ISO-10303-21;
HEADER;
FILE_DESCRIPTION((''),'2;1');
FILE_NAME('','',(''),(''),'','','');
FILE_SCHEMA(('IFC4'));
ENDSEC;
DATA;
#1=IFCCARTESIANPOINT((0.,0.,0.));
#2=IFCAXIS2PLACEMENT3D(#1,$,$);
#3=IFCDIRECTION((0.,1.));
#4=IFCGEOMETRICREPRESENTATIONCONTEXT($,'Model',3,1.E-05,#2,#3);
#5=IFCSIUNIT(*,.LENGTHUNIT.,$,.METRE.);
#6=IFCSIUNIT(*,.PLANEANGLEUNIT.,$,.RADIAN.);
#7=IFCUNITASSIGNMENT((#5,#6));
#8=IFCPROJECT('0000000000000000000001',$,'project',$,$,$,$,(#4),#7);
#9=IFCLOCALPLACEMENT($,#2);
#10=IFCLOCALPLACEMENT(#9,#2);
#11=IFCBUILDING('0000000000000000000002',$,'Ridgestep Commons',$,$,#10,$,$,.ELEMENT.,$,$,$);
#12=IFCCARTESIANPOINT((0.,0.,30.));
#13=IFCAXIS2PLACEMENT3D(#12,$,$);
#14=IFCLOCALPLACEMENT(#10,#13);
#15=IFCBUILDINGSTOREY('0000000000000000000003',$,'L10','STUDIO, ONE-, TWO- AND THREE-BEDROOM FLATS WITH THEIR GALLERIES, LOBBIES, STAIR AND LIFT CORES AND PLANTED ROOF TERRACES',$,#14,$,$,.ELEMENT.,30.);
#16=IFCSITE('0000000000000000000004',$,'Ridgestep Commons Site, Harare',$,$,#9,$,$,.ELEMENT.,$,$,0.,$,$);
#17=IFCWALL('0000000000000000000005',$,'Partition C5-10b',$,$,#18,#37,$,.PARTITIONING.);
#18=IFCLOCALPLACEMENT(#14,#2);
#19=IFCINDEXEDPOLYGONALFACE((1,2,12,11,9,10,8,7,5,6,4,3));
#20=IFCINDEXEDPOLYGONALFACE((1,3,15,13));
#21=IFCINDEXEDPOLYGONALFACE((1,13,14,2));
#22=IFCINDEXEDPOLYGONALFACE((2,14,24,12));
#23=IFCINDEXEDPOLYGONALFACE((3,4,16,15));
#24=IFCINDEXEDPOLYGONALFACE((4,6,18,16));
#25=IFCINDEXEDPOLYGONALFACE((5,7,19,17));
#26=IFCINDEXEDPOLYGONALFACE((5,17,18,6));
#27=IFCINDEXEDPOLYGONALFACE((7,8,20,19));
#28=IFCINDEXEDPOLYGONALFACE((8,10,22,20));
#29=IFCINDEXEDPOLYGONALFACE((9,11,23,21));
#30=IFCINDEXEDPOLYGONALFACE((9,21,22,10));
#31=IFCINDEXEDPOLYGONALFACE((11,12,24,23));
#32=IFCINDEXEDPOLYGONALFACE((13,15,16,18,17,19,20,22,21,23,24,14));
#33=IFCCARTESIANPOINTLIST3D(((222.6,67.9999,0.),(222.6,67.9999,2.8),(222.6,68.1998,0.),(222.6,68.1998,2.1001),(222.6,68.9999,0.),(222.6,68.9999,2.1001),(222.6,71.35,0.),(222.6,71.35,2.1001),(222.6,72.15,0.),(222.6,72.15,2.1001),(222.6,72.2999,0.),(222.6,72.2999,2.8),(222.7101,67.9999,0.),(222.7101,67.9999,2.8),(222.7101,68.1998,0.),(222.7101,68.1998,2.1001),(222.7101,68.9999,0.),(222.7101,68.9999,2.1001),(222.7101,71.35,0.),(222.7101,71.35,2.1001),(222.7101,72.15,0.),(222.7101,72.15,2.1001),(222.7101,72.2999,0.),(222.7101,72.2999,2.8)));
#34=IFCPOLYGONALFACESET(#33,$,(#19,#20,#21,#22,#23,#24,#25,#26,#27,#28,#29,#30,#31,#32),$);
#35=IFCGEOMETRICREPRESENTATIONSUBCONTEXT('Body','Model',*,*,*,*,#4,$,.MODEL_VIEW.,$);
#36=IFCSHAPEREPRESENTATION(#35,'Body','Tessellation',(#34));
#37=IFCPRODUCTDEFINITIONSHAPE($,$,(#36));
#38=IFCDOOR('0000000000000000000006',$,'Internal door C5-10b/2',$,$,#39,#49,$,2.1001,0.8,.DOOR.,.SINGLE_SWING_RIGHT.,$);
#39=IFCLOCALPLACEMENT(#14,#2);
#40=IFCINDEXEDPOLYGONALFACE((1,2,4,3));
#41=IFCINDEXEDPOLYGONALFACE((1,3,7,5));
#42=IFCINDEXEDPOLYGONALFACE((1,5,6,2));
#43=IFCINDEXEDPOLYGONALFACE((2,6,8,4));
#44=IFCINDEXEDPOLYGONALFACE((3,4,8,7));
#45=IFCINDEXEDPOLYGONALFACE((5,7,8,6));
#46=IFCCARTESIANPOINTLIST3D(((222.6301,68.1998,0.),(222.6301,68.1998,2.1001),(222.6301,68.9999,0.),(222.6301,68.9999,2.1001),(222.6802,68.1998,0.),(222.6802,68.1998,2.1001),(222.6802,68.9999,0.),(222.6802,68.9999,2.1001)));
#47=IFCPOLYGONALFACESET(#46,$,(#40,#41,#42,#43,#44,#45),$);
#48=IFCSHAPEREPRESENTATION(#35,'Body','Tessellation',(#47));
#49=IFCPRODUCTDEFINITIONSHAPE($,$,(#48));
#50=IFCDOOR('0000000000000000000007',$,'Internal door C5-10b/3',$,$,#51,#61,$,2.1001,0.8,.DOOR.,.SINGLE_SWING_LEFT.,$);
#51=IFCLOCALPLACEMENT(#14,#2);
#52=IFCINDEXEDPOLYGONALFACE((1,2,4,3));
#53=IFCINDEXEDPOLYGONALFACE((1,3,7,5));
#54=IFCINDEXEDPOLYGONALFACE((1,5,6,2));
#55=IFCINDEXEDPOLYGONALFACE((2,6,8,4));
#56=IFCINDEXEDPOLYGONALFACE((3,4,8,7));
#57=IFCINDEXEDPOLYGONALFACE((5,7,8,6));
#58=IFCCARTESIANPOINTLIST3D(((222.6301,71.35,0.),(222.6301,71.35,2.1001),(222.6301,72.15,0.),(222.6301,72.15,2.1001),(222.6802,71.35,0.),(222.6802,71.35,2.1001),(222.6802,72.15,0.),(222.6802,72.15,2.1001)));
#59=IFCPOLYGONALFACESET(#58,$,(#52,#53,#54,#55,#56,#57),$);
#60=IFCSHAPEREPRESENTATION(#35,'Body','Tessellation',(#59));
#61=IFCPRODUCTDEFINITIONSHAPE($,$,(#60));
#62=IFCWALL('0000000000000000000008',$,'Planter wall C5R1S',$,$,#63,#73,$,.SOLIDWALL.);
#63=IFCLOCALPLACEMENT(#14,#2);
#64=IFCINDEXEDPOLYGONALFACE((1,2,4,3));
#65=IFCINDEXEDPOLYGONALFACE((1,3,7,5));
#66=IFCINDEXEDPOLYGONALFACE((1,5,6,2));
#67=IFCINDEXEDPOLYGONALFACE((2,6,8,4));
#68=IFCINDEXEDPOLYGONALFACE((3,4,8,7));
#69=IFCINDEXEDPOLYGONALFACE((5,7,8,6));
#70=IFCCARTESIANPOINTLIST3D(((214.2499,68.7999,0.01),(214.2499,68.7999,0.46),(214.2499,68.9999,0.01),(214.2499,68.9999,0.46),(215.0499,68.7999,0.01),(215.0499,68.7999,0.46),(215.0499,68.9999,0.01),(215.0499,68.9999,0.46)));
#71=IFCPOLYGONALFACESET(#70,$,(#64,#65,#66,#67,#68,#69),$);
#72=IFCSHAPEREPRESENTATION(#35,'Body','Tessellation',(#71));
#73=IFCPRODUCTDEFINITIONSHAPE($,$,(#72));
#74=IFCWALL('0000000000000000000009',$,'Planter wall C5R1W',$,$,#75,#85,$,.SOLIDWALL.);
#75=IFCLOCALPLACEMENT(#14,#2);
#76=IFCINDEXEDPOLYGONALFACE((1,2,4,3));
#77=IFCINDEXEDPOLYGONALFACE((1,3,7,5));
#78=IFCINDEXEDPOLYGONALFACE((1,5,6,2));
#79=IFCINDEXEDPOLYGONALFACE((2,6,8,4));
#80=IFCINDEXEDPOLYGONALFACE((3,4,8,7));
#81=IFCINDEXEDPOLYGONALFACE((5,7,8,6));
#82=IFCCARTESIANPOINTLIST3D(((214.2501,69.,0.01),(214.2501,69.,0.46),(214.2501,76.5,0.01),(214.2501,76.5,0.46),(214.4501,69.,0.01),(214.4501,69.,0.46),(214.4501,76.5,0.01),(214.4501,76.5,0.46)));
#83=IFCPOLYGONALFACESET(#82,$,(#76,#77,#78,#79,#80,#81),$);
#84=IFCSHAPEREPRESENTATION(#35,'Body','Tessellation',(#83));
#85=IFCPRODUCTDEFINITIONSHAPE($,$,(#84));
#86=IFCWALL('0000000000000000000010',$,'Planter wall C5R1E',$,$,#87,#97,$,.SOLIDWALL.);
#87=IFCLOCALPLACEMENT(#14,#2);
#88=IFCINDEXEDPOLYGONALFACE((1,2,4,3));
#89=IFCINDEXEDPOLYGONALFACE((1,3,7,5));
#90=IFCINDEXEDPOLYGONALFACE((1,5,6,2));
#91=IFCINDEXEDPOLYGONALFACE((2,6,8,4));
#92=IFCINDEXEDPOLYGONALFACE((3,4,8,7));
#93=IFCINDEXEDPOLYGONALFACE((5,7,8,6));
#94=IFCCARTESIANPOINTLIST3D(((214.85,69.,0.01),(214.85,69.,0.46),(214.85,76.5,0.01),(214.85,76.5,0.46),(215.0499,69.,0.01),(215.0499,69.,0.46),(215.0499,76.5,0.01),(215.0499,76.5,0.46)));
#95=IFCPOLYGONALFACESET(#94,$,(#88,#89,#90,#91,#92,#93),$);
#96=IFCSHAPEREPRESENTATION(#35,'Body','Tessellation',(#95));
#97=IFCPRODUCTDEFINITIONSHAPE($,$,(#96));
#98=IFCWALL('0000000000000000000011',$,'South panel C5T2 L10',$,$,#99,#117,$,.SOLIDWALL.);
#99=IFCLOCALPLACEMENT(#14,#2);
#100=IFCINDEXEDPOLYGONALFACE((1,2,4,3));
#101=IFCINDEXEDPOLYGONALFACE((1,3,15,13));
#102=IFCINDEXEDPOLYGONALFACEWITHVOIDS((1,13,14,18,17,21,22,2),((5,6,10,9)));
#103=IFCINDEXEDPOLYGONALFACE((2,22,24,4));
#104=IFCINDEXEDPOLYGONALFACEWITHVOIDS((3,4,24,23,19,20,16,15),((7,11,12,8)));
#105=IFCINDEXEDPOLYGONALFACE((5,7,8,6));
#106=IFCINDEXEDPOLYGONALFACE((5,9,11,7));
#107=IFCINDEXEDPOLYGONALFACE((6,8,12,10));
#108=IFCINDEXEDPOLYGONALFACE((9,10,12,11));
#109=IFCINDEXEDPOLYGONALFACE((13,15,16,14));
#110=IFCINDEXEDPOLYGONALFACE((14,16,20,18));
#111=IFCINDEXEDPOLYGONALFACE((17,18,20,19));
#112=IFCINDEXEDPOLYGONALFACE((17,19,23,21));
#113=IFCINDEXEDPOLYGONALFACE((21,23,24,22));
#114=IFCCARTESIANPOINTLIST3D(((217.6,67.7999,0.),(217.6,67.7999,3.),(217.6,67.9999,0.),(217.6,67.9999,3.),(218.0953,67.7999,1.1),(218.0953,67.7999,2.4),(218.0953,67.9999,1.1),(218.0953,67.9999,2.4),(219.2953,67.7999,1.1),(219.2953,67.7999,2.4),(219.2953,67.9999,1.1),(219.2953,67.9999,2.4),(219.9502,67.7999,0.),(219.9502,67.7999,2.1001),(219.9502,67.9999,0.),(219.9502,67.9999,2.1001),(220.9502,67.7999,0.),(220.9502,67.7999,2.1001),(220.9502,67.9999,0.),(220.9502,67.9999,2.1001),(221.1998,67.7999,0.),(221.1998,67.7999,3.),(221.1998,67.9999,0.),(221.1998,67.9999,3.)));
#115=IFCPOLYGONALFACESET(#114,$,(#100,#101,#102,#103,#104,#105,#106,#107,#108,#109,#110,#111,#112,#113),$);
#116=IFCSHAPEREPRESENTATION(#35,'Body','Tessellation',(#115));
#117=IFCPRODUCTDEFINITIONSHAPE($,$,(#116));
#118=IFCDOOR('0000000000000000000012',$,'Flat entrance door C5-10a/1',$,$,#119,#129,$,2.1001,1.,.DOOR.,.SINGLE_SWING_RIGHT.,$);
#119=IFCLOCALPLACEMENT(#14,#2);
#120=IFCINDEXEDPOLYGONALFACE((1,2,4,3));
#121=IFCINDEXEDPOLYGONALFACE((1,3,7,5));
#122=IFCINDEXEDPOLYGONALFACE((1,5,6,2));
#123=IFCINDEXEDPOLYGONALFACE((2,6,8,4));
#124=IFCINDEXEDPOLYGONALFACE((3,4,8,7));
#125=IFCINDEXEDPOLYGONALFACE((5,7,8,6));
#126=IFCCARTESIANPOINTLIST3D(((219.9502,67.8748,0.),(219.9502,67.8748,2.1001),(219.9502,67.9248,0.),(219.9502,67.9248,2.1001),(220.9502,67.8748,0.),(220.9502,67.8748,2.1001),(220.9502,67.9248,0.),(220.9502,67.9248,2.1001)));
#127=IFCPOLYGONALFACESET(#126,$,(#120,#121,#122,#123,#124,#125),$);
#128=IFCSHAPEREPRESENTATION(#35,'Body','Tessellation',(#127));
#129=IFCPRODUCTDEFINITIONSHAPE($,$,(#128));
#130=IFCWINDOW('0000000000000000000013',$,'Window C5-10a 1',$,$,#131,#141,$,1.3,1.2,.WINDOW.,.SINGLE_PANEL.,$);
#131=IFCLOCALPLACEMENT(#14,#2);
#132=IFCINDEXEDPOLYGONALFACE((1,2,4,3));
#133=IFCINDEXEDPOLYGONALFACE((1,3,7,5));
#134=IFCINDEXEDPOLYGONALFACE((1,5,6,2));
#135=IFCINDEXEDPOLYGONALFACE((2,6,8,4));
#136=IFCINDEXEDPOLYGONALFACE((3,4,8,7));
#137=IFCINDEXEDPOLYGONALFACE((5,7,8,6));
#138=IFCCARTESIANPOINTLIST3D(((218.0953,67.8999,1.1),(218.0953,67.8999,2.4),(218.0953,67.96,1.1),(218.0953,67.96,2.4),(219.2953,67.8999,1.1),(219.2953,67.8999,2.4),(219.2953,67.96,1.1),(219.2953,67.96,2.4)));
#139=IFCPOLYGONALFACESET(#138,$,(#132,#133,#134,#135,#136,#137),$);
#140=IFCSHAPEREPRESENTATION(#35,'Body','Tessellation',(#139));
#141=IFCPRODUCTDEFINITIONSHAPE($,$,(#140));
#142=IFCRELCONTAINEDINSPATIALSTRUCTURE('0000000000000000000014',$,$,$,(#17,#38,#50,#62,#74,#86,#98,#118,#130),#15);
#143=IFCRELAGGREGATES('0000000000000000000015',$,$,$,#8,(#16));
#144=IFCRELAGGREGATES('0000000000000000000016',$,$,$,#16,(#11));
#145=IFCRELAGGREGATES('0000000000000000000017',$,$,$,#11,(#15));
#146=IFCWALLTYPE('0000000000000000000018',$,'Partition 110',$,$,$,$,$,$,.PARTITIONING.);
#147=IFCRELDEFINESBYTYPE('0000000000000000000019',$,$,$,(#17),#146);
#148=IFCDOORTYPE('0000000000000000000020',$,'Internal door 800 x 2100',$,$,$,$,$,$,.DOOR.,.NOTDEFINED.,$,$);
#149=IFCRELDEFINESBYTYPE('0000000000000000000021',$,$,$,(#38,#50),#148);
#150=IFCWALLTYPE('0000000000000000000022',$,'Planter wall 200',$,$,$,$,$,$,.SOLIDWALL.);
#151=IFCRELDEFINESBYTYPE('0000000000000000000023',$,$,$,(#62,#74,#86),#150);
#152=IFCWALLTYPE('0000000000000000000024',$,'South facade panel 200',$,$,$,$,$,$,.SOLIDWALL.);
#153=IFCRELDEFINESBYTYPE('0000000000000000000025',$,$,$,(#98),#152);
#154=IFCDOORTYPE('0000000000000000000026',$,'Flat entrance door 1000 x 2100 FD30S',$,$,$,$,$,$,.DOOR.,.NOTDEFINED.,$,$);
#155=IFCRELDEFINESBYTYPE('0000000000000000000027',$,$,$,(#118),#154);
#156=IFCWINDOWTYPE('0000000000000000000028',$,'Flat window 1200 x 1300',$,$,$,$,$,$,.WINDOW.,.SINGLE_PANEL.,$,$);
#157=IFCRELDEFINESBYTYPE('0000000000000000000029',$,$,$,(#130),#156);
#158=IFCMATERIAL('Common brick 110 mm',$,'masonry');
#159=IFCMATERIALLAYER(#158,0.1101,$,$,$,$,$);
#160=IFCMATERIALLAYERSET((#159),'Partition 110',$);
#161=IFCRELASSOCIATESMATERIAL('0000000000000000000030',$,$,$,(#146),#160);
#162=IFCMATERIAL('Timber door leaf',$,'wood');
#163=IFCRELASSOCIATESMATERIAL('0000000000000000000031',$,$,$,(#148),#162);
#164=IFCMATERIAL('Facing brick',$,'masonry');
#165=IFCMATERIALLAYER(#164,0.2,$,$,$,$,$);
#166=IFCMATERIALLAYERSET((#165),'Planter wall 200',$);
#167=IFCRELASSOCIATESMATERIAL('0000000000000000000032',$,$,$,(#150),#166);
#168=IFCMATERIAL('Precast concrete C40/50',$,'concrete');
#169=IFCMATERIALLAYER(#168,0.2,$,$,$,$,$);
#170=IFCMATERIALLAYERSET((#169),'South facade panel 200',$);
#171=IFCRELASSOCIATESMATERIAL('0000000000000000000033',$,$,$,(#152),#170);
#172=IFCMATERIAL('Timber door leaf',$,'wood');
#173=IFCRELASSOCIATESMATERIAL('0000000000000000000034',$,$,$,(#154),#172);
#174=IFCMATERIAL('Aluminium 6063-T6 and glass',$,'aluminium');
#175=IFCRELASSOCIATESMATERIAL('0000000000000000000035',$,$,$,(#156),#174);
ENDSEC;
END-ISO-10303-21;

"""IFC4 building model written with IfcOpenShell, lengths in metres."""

from ifc_helpers import new_model, si_unit, direction, frame, frame_2d, origin, place, context, subcontext, project, spatial, rectangle, extrude, material, layer, layer_set, type_object, element, fill, save


model = new_model("IFC4")

# Units and contexts
model_context = context("Model", 3, precision=1e-05, world=origin(), true_north=direction((0.0, 1.0)))
body_context = subcontext(model_context, "Body", "Model", "MODEL_VIEW")
ifc_project = project(units=[si_unit("LENGTHUNIT", "METRE"), si_unit("PLANEANGLEUNIT", "RADIAN")], contexts=[model_context])

# Site, building, storey
site_placement = place(None, origin())
site = spatial("IfcSite", under=ifc_project, at=site_placement, Name="Ridgestep Commons Site, Harare", CompositionType="ELEMENT", RefElevation=0.0)
building_placement = place(site_placement, origin())
building = spatial("IfcBuilding", under=site, at=building_placement, Name="Ridgestep Commons", CompositionType="ELEMENT")
storey_placement = place(building_placement, frame((0.0, 0.0, 30.0)))
storey = spatial("IfcBuildingStorey", under=building, at=storey_placement, Name="L10", Description="STUDIO, ONE-, TWO- AND THREE-BEDROOM FLATS WITH THEIR GALLERIES, LOBBIES, STAIR AND LIFT CORES AND PLANTED ROOF TERRACES", CompositionType="ELEMENT", Elevation=30.0)

# Wall, openings, doors
ifc_material_1 = material(Name="Common brick 110 mm", Category="masonry")
ifc_layer_1 = layer(ifc_material_1, 0.1101)
ifc_layer_set_1 = layer_set([ifc_layer_1], Name="Partition 110")
wall_type_1 = type_object("IfcWallType", Name="Partition 110", PredefinedType="PARTITIONING", material=ifc_layer_set_1)
ifc_material_2 = material(Name="Timber door leaf", Category="wood")
door_type_1 = type_object("IfcDoorType", Name="Internal door 800 x 2100", OperationType="NOTDEFINED", PredefinedType="DOOR", material=ifc_material_2)
wall_1_placement = place(storey_placement, frame((222.655, 68.0, 0.0), z_axis=(0.0, 0.0, 1.0), x_axis=(0.0, 1.0, 0.0)))
wall_1 = element("IfcWall", 1, at=wall_1_placement, inside=storey, type_object=wall_type_1, Name="Partition C5-10b", PredefinedType="PARTITIONING", context=body_context, shape_type="SweptSolid", body=[
    extrude(rectangle(XDim=4.3, YDim=0.1101, at=frame_2d((2.1499, 0.0))), origin(), (0.0, 0.0, 1.0), 2.8),
])
opening_1_placement = place(wall_1_placement, frame((0.2, 0.0, 0.0)))
opening_1 = element("IfcOpeningElement", 2, at=opening_1_placement, cuts=wall_1, PredefinedType="OPENING", context=body_context, shape_type="SweptSolid", body=[
    extrude(rectangle(XDim=0.8, YDim=2.1001, at=frame_2d((0.3999, 1.05))), frame((0.0, 0.0649, 0.0), z_axis=(0.0, -1.0, 0.0), x_axis=(1.0, 0.0, 0.0)), (0.0, 0.0, 1.0), 0.1301),
])
opening_2_placement = place(wall_1_placement, frame((3.3501, 0.0, 0.0)))
opening_2 = element("IfcOpeningElement", 3, at=opening_2_placement, cuts=wall_1, PredefinedType="OPENING", context=body_context, shape_type="SweptSolid", body=[
    extrude(rectangle(XDim=0.8, YDim=2.1001, at=frame_2d((0.3999, 1.05))), frame((0.0, 0.0649, 0.0), z_axis=(0.0, -1.0, 0.0), x_axis=(1.0, 0.0, 0.0)), (0.0, 0.0, 1.0), 0.1301),
])
door_1_placement = place(opening_1_placement, origin())
door_1 = element("IfcDoor", 4, at=door_1_placement, inside=storey, type_object=door_type_1, Name="Internal door C5-10b/2", OperationType="SINGLE_SWING_RIGHT", OverallHeight=2.1001, OverallWidth=0.8, PredefinedType="DOOR", context=body_context, shape_type="SweptSolid", body=[
    extrude(rectangle(XDim=0.8, YDim=2.1001, at=frame_2d((0.3999, 1.05))), frame((0.0, 0.0249, 0.0), z_axis=(0.0, -1.0, 0.0), x_axis=(1.0, 0.0, 0.0)), (0.0, 0.0, 1.0), 0.05),
])
fill(opening_1, door_1)
door_2_placement = place(opening_2_placement, origin())
door_2 = element("IfcDoor", 5, at=door_2_placement, inside=storey, type_object=door_type_1, Name="Internal door C5-10b/3", OperationType="SINGLE_SWING_LEFT", OverallHeight=2.1001, OverallWidth=0.8, PredefinedType="DOOR", context=body_context, shape_type="SweptSolid", body=[
    extrude(rectangle(XDim=0.8, YDim=2.1001, at=frame_2d((0.3999, 1.05))), frame((0.0, 0.0249, 0.0), z_axis=(0.0, -1.0, 0.0), x_axis=(1.0, 0.0, 0.0)), (0.0, 0.0, 1.0), 0.05),
])
fill(opening_2, door_2)

# Walls
ifc_material_3 = material(Name="Facing brick", Category="masonry")
ifc_layer_2 = layer(ifc_material_3, 0.2)
ifc_layer_set_2 = layer_set([ifc_layer_2], Name="Planter wall 200")
wall_type_2 = type_object("IfcWallType", Name="Planter wall 200", PredefinedType="SOLIDWALL", material=ifc_layer_set_2)
wall_2_placement = place(storey_placement, frame((214.25, 68.8999, 0.01), z_axis=(0.0, 0.0, 1.0), x_axis=(1.0, 0.0, 0.0)))
element("IfcWall", 6, at=wall_2_placement, inside=storey, type_object=wall_type_2, Name="Planter wall C5R1S", PredefinedType="SOLIDWALL", context=body_context, shape_type="SweptSolid", body=[
    extrude(rectangle(XDim=0.8, YDim=0.2, at=frame_2d((0.3999, 0.0))), origin(), (0.0, 0.0, 1.0), 0.45),
])
for number, where, z_axis, x_axis, name in (
    (7, (214.3501, 69.0, 0.01), (0.0, 0.0, 1.0), (0.0, 1.0, 0.0), "Planter wall C5R1W"),
    (8, (214.95, 69.0, 0.01), (0.0, 0.0, 1.0), (0.0, 1.0, 0.0), "Planter wall C5R1E"),
):
    element("IfcWall", number, at=place(storey_placement, frame(where, z_axis=z_axis, x_axis=x_axis)), inside=storey, type_object=wall_type_2, Name=name, PredefinedType="SOLIDWALL", context=body_context, shape_type="SweptSolid", body=[
        extrude(rectangle(XDim=7.5, YDim=0.2, at=frame_2d((3.75, 0.0))), origin(), (0.0, 0.0, 1.0), 0.45),
    ])

# Wall, openings, door, window
ifc_material_4 = material(Name="Precast concrete C40/50", Category="concrete")
ifc_layer_3 = layer(ifc_material_4, 0.2)
ifc_layer_set_3 = layer_set([ifc_layer_3], Name="South facade panel 200")
wall_type_3 = type_object("IfcWallType", Name="South facade panel 200", PredefinedType="SOLIDWALL", material=ifc_layer_set_3)
wall_3_placement = place(storey_placement, frame((217.6001, 67.8999, 0.0), z_axis=(0.0, 0.0, 1.0), x_axis=(1.0, 0.0, 0.0)))
wall_3 = element("IfcWall", 9, at=wall_3_placement, inside=storey, type_object=wall_type_3, Name="South panel C5T2 L10", PredefinedType="SOLIDWALL", context=body_context, shape_type="SweptSolid", body=[
    extrude(rectangle(XDim=3.5999, YDim=0.2, at=frame_2d((1.7998, 0.0))), origin(), (0.0, 0.0, 1.0), 3.0),
])
opening_3_placement = place(wall_3_placement, frame((0.4951, 0.0, 1.1001)))
opening_3 = element("IfcOpeningElement", 10, at=opening_3_placement, cuts=wall_3, PredefinedType="OPENING", context=body_context, shape_type="SweptSolid", body=[
    extrude(rectangle(XDim=1.2, YDim=1.3, at=frame_2d((0.6001, 0.6499))), frame((0.0, 0.1099, 0.0), z_axis=(0.0, -1.0, 0.0), x_axis=(1.0, 0.0, 0.0)), (0.0, 0.0, 1.0), 0.22),
])
opening_4_placement = place(wall_3_placement, frame((2.3501, 0.0, 0.0)))
opening_4 = element("IfcOpeningElement", 11, at=opening_4_placement, cuts=wall_3, PredefinedType="OPENING", context=body_context, shape_type="SweptSolid", body=[
    extrude(rectangle(XDim=1.0, YDim=2.1001, at=frame_2d((0.5, 1.05))), frame((0.0, 0.1099, 0.0), z_axis=(0.0, -1.0, 0.0), x_axis=(1.0, 0.0, 0.0)), (0.0, 0.0, 1.0), 0.22),
])
ifc_material_5 = material(Name="Timber door leaf", Category="wood")
door_type_2 = type_object("IfcDoorType", Name="Flat entrance door 1000 x 2100 FD30S", OperationType="NOTDEFINED", PredefinedType="DOOR", material=ifc_material_5)
door_3_placement = place(opening_4_placement, origin())
door_3 = element("IfcDoor", 12, at=door_3_placement, inside=storey, type_object=door_type_2, Name="Flat entrance door C5-10a/1", OperationType="SINGLE_SWING_RIGHT", OverallHeight=2.1001, OverallWidth=1.0, PredefinedType="DOOR", context=body_context, shape_type="SweptSolid", body=[
    extrude(rectangle(XDim=1.0, YDim=2.1001, at=frame_2d((0.5, 1.05))), frame((0.0, 0.0249, 0.0), z_axis=(0.0, -1.0, 0.0), x_axis=(1.0, 0.0, 0.0)), (0.0, 0.0, 1.0), 0.05),
])
fill(opening_4, door_3)
ifc_material_6 = material(Name="Aluminium 6063-T6 and glass", Category="aluminium")
window_type_1 = type_object("IfcWindowType", Name="Flat window 1200 x 1300", PartitioningType="SINGLE_PANEL", PredefinedType="WINDOW", material=ifc_material_6)
window_1_placement = place(opening_3_placement, origin())
window_1 = element("IfcWindow", 13, at=window_1_placement, inside=storey, type_object=window_type_1, Name="Window C5-10a 1", OverallHeight=1.3, OverallWidth=1.2, PartitioningType="SINGLE_PANEL", PredefinedType="WINDOW", context=body_context, shape_type="SweptSolid", body=[
    extrude(rectangle(XDim=1.2, YDim=1.3, at=frame_2d((0.6001, 0.6499))), frame((0.0, 0.0601, 0.0), z_axis=(0.0, -1.0, 0.0), x_axis=(1.0, 0.0, 0.0)), (0.0, 0.0, 1.0), 0.0601),
])
fill(opening_3, window_1)

save(model, "model.ifc")
